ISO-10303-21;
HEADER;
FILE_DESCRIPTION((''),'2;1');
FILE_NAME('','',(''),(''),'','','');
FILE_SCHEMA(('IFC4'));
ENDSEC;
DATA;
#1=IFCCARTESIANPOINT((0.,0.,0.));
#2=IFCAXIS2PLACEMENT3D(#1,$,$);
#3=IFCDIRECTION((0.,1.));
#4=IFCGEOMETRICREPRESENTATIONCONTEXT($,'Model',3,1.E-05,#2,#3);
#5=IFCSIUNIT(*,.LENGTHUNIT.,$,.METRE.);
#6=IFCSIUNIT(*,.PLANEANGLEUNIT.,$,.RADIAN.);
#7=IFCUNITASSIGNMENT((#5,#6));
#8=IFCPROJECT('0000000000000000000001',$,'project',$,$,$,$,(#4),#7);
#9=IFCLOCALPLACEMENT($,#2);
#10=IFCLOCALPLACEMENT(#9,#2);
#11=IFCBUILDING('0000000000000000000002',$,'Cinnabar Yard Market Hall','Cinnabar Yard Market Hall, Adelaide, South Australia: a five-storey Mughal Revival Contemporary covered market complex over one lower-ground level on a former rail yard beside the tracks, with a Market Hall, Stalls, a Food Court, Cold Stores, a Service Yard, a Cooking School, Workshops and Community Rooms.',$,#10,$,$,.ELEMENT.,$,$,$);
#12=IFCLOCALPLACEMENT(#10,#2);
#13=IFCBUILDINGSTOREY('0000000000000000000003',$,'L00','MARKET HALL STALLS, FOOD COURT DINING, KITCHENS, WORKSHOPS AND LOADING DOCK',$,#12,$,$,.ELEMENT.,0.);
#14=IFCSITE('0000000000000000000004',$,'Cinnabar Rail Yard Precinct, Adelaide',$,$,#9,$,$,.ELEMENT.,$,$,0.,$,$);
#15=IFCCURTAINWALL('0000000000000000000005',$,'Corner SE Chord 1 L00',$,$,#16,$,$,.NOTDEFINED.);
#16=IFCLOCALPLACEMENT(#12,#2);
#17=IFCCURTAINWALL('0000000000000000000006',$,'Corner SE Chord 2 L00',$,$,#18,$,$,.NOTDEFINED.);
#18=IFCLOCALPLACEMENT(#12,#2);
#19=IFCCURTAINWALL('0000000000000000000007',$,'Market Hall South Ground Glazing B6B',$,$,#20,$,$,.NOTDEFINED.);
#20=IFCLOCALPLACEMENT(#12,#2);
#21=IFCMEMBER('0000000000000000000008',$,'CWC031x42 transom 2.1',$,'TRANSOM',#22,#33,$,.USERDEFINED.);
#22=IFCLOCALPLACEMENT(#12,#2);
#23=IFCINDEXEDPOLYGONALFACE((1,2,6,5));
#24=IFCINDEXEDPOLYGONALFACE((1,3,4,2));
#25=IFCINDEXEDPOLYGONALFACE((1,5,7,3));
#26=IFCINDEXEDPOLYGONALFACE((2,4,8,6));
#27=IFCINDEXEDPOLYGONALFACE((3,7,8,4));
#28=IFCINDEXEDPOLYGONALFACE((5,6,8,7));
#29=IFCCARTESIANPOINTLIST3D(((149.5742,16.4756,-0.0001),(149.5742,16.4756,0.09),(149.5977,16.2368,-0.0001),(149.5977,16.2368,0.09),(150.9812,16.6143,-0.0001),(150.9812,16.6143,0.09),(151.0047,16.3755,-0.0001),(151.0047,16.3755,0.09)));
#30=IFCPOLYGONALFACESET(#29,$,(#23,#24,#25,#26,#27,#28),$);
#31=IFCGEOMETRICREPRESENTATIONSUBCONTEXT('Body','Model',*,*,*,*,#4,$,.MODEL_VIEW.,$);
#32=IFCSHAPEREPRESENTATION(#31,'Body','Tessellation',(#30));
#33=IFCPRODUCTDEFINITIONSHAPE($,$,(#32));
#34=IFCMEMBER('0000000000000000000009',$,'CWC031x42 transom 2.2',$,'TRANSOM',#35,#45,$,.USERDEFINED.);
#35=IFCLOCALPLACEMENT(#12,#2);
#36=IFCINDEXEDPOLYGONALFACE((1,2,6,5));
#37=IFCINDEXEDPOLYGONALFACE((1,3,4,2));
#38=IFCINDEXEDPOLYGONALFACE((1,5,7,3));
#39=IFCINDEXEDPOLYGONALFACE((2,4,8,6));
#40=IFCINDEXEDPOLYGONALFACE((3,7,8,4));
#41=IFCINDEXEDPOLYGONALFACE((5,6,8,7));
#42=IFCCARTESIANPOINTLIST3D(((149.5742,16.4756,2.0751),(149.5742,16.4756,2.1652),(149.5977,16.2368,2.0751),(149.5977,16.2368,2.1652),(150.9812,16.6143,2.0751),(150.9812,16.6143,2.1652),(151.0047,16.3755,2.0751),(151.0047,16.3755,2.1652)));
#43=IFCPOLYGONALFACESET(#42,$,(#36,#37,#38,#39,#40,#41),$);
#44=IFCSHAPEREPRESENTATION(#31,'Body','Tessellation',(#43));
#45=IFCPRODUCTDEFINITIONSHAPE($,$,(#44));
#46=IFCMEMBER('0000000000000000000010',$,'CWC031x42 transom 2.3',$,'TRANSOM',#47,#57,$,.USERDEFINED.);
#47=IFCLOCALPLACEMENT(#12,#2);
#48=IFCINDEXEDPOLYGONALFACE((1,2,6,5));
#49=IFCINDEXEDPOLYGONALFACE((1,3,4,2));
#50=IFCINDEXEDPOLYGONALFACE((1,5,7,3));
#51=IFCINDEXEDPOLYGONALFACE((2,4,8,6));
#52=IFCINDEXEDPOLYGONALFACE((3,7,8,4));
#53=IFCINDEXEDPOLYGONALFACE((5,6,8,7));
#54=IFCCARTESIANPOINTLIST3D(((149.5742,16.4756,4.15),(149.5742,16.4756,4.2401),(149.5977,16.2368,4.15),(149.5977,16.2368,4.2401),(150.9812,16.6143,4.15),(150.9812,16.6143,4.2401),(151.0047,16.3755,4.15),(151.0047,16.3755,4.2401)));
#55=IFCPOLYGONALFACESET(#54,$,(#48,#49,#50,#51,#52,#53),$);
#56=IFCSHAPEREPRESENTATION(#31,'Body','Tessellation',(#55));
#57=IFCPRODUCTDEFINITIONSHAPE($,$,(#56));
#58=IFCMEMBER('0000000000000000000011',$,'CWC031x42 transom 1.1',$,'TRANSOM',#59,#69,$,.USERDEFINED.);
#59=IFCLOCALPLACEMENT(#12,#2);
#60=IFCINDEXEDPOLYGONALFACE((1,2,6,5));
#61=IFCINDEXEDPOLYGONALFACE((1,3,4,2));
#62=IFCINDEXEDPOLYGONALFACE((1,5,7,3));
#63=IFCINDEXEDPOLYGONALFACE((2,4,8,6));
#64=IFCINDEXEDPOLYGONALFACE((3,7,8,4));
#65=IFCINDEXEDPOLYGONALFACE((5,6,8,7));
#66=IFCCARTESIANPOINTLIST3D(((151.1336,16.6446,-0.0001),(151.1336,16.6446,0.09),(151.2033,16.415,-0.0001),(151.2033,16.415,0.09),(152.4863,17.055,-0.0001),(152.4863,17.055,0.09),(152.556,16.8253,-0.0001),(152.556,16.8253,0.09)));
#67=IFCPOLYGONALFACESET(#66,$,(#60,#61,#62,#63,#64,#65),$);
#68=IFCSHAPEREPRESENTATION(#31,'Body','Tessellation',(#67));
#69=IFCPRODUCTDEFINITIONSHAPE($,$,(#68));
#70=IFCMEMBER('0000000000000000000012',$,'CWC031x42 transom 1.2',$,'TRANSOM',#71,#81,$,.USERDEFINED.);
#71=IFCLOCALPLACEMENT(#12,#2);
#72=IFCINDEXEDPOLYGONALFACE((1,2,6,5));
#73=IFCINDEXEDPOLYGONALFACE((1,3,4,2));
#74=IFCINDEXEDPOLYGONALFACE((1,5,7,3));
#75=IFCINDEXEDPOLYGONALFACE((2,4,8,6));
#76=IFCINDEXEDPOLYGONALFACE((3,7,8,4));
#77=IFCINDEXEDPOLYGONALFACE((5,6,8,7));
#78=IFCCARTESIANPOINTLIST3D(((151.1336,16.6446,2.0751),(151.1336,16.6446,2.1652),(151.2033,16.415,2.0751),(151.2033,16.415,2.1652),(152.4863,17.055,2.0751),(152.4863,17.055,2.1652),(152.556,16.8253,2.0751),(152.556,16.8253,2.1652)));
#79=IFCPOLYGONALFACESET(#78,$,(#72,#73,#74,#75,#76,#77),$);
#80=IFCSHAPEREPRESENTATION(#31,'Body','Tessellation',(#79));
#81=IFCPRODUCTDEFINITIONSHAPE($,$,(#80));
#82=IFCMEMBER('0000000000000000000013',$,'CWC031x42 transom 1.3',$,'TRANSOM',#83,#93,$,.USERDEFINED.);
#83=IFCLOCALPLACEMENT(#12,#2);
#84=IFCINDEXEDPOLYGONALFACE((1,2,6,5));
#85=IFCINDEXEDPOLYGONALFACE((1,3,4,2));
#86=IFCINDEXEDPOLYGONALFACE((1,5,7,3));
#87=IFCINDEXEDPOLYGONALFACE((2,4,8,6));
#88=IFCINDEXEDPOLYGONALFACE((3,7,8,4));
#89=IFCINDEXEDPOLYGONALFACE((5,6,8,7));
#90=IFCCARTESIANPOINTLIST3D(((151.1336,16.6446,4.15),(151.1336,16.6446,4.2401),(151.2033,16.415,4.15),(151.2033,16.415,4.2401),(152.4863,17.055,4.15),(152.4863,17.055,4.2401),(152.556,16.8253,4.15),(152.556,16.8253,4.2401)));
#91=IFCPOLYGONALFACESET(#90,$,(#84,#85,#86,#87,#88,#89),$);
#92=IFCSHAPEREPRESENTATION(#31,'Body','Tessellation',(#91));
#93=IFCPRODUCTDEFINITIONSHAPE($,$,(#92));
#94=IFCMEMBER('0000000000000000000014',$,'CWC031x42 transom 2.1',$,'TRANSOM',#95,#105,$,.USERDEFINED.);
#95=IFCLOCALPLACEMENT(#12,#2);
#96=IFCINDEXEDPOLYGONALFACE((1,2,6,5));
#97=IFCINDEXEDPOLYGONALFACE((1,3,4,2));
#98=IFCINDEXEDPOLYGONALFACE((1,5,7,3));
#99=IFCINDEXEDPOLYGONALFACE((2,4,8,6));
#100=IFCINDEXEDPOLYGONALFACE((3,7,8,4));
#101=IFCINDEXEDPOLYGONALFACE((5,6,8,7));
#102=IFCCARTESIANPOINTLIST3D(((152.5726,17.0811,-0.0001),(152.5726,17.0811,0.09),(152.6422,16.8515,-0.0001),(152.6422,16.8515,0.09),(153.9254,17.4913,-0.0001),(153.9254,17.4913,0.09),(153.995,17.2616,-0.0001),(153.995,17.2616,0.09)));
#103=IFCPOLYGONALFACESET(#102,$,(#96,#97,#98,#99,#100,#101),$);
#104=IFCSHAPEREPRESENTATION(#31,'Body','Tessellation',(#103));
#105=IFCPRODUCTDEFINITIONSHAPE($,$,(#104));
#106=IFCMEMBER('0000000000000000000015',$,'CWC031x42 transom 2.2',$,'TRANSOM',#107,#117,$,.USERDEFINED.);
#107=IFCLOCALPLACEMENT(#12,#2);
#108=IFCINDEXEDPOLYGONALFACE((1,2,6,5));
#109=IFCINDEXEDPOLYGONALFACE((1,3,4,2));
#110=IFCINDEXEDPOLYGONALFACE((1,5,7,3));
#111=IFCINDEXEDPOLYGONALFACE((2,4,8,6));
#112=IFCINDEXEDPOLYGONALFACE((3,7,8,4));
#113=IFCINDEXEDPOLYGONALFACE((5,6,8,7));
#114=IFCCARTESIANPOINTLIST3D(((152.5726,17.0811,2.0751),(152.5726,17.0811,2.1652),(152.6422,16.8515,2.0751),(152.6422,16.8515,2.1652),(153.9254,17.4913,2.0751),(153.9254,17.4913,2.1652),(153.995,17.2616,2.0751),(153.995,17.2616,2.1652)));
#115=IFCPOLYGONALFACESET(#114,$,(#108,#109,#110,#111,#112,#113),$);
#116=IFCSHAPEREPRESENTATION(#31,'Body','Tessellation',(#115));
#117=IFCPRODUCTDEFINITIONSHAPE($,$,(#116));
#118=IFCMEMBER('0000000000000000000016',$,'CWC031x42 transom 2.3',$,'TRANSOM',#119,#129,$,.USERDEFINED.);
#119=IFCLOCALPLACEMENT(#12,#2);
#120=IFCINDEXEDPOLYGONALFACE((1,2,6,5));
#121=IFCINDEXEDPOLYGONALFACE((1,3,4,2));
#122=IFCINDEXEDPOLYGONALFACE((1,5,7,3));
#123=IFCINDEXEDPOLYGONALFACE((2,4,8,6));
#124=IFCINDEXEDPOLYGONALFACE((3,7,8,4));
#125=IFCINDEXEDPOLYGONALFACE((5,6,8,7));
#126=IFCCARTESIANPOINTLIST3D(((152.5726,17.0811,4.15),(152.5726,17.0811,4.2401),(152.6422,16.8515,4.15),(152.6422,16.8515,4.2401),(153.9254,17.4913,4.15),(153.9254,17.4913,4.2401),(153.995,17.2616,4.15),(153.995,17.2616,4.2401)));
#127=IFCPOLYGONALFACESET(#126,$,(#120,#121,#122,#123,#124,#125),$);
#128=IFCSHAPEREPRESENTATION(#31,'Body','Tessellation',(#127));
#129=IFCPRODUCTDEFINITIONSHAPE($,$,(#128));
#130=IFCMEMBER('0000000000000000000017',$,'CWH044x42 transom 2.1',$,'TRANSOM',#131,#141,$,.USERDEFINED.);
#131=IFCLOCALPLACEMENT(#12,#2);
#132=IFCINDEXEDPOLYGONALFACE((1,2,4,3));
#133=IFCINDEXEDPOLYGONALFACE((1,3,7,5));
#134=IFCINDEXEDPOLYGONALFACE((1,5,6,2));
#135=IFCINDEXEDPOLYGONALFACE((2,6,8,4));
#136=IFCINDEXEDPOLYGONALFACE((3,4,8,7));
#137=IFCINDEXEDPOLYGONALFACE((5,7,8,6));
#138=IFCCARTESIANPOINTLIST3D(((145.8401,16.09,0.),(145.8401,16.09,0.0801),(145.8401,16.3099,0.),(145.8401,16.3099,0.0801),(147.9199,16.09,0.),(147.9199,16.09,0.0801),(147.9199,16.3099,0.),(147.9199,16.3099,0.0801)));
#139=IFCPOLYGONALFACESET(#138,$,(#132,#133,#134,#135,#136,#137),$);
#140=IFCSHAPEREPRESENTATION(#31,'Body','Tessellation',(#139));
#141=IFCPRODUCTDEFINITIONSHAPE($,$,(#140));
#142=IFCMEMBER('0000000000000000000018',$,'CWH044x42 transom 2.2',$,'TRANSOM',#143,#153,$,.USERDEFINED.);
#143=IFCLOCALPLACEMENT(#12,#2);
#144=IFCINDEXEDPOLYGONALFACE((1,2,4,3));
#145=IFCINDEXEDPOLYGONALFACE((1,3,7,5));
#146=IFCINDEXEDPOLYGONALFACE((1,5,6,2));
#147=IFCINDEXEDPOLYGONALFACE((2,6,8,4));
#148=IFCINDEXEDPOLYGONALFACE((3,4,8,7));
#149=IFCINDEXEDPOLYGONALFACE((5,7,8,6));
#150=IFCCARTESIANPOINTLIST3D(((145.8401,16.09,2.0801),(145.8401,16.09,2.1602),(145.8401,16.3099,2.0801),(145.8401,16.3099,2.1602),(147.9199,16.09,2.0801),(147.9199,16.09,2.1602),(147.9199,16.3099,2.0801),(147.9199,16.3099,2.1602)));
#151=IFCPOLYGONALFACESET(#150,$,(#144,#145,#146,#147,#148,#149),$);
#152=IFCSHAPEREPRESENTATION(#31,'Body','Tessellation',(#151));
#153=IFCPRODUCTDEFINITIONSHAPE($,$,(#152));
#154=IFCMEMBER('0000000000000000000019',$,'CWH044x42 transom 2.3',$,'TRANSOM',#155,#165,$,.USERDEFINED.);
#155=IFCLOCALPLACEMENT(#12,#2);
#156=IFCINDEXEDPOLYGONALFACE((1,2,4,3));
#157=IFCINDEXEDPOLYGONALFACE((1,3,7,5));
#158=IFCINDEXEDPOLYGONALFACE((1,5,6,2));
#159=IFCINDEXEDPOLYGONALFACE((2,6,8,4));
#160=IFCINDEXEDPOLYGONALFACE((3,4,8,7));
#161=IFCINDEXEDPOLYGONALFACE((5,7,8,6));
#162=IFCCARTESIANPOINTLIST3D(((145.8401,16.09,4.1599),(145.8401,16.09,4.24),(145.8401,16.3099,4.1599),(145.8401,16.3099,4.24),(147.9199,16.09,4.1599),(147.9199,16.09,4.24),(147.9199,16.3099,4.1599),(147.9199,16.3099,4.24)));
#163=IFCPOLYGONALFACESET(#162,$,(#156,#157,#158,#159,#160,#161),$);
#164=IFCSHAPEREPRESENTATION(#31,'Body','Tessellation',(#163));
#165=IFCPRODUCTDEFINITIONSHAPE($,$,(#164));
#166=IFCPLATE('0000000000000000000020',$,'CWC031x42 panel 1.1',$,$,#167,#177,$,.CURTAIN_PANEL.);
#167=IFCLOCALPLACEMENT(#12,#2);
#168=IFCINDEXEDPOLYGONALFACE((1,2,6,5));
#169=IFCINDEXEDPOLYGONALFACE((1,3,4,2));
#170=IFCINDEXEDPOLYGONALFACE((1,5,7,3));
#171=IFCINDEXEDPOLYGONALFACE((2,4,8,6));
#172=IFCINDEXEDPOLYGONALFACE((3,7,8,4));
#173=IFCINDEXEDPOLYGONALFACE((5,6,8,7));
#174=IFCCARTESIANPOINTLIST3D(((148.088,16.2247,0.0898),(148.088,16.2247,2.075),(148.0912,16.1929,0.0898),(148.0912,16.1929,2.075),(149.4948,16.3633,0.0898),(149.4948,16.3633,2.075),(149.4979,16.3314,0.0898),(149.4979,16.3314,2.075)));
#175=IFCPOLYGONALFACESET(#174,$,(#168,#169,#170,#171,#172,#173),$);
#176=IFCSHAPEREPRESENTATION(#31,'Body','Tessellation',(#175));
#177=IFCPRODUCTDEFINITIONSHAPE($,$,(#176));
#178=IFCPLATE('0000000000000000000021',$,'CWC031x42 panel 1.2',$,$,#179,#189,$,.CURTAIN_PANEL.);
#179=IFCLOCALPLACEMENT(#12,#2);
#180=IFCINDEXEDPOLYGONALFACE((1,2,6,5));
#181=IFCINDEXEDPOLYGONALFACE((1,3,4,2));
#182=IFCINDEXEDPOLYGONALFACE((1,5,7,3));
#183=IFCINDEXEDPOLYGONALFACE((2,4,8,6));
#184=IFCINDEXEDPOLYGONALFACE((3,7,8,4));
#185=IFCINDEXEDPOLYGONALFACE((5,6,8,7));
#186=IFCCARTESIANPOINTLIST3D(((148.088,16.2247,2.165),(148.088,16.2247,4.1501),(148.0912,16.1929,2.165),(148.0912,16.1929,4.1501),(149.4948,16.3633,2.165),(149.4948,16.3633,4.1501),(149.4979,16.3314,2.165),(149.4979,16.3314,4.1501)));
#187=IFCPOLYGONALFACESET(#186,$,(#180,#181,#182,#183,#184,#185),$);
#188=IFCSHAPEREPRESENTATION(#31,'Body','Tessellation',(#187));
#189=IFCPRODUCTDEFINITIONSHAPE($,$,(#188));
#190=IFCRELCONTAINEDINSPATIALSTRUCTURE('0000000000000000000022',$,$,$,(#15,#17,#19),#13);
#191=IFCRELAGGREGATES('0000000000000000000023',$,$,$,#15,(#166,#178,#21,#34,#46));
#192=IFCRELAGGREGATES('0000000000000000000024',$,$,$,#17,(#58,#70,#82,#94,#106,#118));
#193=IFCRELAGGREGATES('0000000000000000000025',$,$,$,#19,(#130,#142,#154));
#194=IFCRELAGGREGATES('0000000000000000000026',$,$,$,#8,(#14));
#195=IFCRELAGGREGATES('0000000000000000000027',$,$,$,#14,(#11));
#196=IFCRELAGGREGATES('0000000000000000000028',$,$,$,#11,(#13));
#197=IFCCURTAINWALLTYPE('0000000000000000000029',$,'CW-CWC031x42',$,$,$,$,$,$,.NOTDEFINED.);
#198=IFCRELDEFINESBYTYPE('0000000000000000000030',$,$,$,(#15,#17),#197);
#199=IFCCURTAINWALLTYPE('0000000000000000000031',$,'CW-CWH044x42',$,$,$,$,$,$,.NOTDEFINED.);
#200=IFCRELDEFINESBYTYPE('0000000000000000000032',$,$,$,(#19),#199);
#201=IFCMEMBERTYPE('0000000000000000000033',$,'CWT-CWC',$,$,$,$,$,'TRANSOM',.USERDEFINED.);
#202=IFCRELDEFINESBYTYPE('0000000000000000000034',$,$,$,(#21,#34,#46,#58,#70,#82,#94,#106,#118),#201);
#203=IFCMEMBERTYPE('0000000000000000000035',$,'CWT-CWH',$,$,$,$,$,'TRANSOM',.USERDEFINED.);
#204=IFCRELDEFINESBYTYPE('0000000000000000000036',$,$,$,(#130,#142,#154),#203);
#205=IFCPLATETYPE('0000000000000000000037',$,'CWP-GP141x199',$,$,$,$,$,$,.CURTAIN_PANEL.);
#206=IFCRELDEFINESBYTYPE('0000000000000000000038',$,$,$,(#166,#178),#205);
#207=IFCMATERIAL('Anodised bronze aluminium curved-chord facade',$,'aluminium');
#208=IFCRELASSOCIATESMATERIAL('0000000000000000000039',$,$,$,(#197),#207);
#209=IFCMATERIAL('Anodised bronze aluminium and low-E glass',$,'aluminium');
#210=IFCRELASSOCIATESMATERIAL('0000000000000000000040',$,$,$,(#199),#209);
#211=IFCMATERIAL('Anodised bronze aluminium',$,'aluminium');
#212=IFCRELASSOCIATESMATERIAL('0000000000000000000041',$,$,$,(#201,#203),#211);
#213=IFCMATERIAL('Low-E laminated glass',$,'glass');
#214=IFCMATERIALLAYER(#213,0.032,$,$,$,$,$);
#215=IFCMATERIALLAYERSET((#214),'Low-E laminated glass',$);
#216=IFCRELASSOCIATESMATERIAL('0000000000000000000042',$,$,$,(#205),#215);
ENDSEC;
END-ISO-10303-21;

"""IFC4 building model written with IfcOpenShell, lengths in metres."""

from ifc_helpers import new_model, si_unit, direction, frame, origin, origin_2d_with_axis, place, context, subcontext, project, spatial, rectangle, extrude, material, layer, layer_set, material_profile, profile_set, type_object, element, aggregate, save


model = new_model("IFC4")

# Units and contexts
model_context = context("Model", 3, precision=1e-05, world=origin(), true_north=direction((0.0, 1.0)))
body_context = subcontext(model_context, "Body", "Model", "MODEL_VIEW")
ifc_project = project(units=[si_unit("LENGTHUNIT", "METRE"), si_unit("PLANEANGLEUNIT", "RADIAN")], contexts=[model_context])

# Site, building, storey
site_placement = place(None, origin())
site = spatial("IfcSite", under=ifc_project, at=site_placement, Name="Cinnabar Rail Yard Precinct, Adelaide", CompositionType="ELEMENT", RefElevation=0.0)
building_placement = place(site_placement, origin())
building = spatial("IfcBuilding", under=site, at=building_placement, Name="Cinnabar Yard Market Hall", Description="Cinnabar Yard Market Hall, Adelaide, South Australia: a five-storey Mughal Revival Contemporary covered market complex over one lower-ground level on a former rail yard beside the tracks, with a Market Hall, Stalls, a Food Court, Cold Stores, a Service Yard, a Cooking School, Workshops and Community Rooms.", CompositionType="ELEMENT")
storey_placement = place(building_placement, origin())
storey = spatial("IfcBuildingStorey", under=building, at=storey_placement, Name="L00", Description="MARKET HALL STALLS, FOOD COURT DINING, KITCHENS, WORKSHOPS AND LOADING DOCK", CompositionType="ELEMENT", Elevation=0.0)

# Curtain walls
ifc_material_1 = material(Name="Anodised bronze aluminium curved-chord facade", Category="aluminium")
curtain_wall_type_1 = type_object("IfcCurtainWallType", Name="CW-CWC031x42", PredefinedType="NOTDEFINED", material=ifc_material_1)
curtain_wall_1_placement = place(storey_placement, origin())
curtain_wall_1 = element("IfcCurtainWall", 1, at=curtain_wall_1_placement, inside=storey, type_object=curtain_wall_type_1, Name="Corner SE Chord 1 L00", PredefinedType="NOTDEFINED")
ifc_material_2 = material(Name="Anodised bronze aluminium", Category="aluminium")
curtain_wall_2_placement = place(storey_placement, origin())
curtain_wall_2 = element("IfcCurtainWall", 2, at=curtain_wall_2_placement, inside=storey, type_object=curtain_wall_type_1, Name="Corner SE Chord 2 L00", PredefinedType="NOTDEFINED")
ifc_material_3 = material(Name="Anodised bronze aluminium and low-E glass", Category="aluminium")
curtain_wall_type_2 = type_object("IfcCurtainWallType", Name="CW-CWH044x42", PredefinedType="NOTDEFINED", material=ifc_material_3)
curtain_wall_3_placement = place(storey_placement, origin())
curtain_wall_3 = element("IfcCurtainWall", 3, at=curtain_wall_3_placement, inside=storey, type_object=curtain_wall_type_2, Name="Market Hall South Ground Glazing B6B", PredefinedType="NOTDEFINED")

# Members
ifc_material_profile_1 = material_profile(ifc_material_2, rectangle(XDim=0.24, YDim=0.0901, at=origin_2d_with_axis()), Name="TRN-CWC")
ifc_profile_set_1 = profile_set([ifc_material_profile_1], Name="Anodised bronze aluminium")
member_type_1 = type_object("IfcMemberType", Name="CWT-CWC", ElementType="TRANSOM", PredefinedType="USERDEFINED", material=ifc_profile_set_1)
member_1_placement = place(storey_placement, frame((149.5859, 16.3562, 0.0449), z_axis=(0.995178, 0.098085, 0.0), x_axis=(-0.098085, 0.995178, 0.0)))
member_1 = element("IfcMember", 4, at=member_1_placement, type_object=member_type_1, Name="CWC031x42 transom 2.1", ObjectType="TRANSOM", PredefinedType="USERDEFINED", context=body_context, shape_type="SweptSolid", body=[
    extrude(rectangle(XDim=0.24, YDim=0.0901, at=origin_2d_with_axis()), origin(), (0.0, 0.0, 1.0), 1.4138),
])
member_2_placement = place(storey_placement, frame((149.5859, 16.3562, 2.1201), z_axis=(0.995178, 0.098085, 0.0), x_axis=(-0.098085, 0.995178, 0.0)))
member_2 = element("IfcMember", 5, at=member_2_placement, type_object=member_type_1, Name="CWC031x42 transom 2.2", ObjectType="TRANSOM", PredefinedType="USERDEFINED", context=body_context, shape_type="SweptSolid", body=[
    extrude(rectangle(XDim=0.24, YDim=0.0901, at=origin_2d_with_axis()), origin(), (0.0, 0.0, 1.0), 1.4138),
])
member_3_placement = place(storey_placement, frame((149.5859, 16.3562, 4.1951), z_axis=(0.995178, 0.098085, 0.0), x_axis=(-0.098085, 0.995178, 0.0)))
member_3 = element("IfcMember", 6, at=member_3_placement, type_object=member_type_1, Name="CWC031x42 transom 2.3", ObjectType="TRANSOM", PredefinedType="USERDEFINED", context=body_context, shape_type="SweptSolid", body=[
    extrude(rectangle(XDim=0.24, YDim=0.0901, at=origin_2d_with_axis()), origin(), (0.0, 0.0, 1.0), 1.4138),
])
member_4_placement = place(storey_placement, frame((151.1685, 16.5298, 0.0449), z_axis=(0.956933, 0.290309, 0.0), x_axis=(-0.290309, 0.956933, 0.0)))
member_4 = element("IfcMember", 7, at=member_4_placement, type_object=member_type_1, Name="CWC031x42 transom 1.1", ObjectType="TRANSOM", PredefinedType="USERDEFINED", context=body_context, shape_type="SweptSolid", body=[
    extrude(rectangle(XDim=0.24, YDim=0.0901, at=origin_2d_with_axis()), origin(), (0.0, 0.0, 1.0), 1.4136),
])
member_5_placement = place(storey_placement, frame((151.1685, 16.5298, 2.1201), z_axis=(0.956933, 0.290309, 0.0), x_axis=(-0.290309, 0.956933, 0.0)))
member_5 = element("IfcMember", 8, at=member_5_placement, type_object=member_type_1, Name="CWC031x42 transom 1.2", ObjectType="TRANSOM", PredefinedType="USERDEFINED", context=body_context, shape_type="SweptSolid", body=[
    extrude(rectangle(XDim=0.24, YDim=0.0901, at=origin_2d_with_axis()), origin(), (0.0, 0.0, 1.0), 1.4136),
])
member_6_placement = place(storey_placement, frame((151.1685, 16.5298, 4.1951), z_axis=(0.956933, 0.290309, 0.0), x_axis=(-0.290309, 0.956933, 0.0)))
member_6 = element("IfcMember", 9, at=member_6_placement, type_object=member_type_1, Name="CWC031x42 transom 1.3", ObjectType="TRANSOM", PredefinedType="USERDEFINED", context=body_context, shape_type="SweptSolid", body=[
    extrude(rectangle(XDim=0.24, YDim=0.0901, at=origin_2d_with_axis()), origin(), (0.0, 0.0, 1.0), 1.4136),
])
member_7_placement = place(storey_placement, frame((152.6074, 16.9663, 0.0449), z_axis=(0.956981, 0.290151, 0.0), x_axis=(-0.290151, 0.956981, 0.0)))
member_7 = element("IfcMember", 10, at=member_7_placement, type_object=member_type_1, Name="CWC031x42 transom 2.1", ObjectType="TRANSOM", PredefinedType="USERDEFINED", context=body_context, shape_type="SweptSolid", body=[
    extrude(rectangle(XDim=0.24, YDim=0.0901, at=origin_2d_with_axis()), origin(), (0.0, 0.0, 1.0), 1.4136),
])
member_8_placement = place(storey_placement, frame((152.6074, 16.9663, 2.1201), z_axis=(0.956981, 0.290151, 0.0), x_axis=(-0.290151, 0.956981, 0.0)))
member_8 = element("IfcMember", 11, at=member_8_placement, type_object=member_type_1, Name="CWC031x42 transom 2.2", ObjectType="TRANSOM", PredefinedType="USERDEFINED", context=body_context, shape_type="SweptSolid", body=[
    extrude(rectangle(XDim=0.24, YDim=0.0901, at=origin_2d_with_axis()), origin(), (0.0, 0.0, 1.0), 1.4136),
])
member_9_placement = place(storey_placement, frame((152.6074, 16.9663, 4.1951), z_axis=(0.956981, 0.290151, 0.0), x_axis=(-0.290151, 0.956981, 0.0)))
member_9 = element("IfcMember", 12, at=member_9_placement, type_object=member_type_1, Name="CWC031x42 transom 2.3", ObjectType="TRANSOM", PredefinedType="USERDEFINED", context=body_context, shape_type="SweptSolid", body=[
    extrude(rectangle(XDim=0.24, YDim=0.0901, at=origin_2d_with_axis()), origin(), (0.0, 0.0, 1.0), 1.4136),
])
ifc_material_profile_2 = material_profile(ifc_material_2, rectangle(XDim=0.22, YDim=0.0801, at=origin_2d_with_axis()), Name="TRN-CWH")
ifc_profile_set_2 = profile_set([ifc_material_profile_2], Name="Anodised bronze aluminium")
member_type_2 = type_object("IfcMemberType", Name="CWT-CWH", ElementType="TRANSOM", PredefinedType="USERDEFINED", material=ifc_profile_set_2)
member_10_placement = place(storey_placement, frame((145.8401, 16.2, 0.04), z_axis=(1.0, 0.0, 0.0), x_axis=(0.0, 1.0, 0.0)))
member_10 = element("IfcMember", 13, at=member_10_placement, type_object=member_type_2, Name="CWH044x42 transom 2.1", ObjectType="TRANSOM", PredefinedType="USERDEFINED", context=body_context, shape_type="SweptSolid", body=[
    extrude(rectangle(XDim=0.22, YDim=0.0801, at=origin_2d_with_axis()), origin(), (0.0, 0.0, 1.0), 2.0798),
])
member_11_placement = place(storey_placement, frame((145.8401, 16.2, 2.1201), z_axis=(1.0, 0.0, 0.0), x_axis=(0.0, 1.0, 0.0)))
member_11 = element("IfcMember", 14, at=member_11_placement, type_object=member_type_2, Name="CWH044x42 transom 2.2", ObjectType="TRANSOM", PredefinedType="USERDEFINED", context=body_context, shape_type="SweptSolid", body=[
    extrude(rectangle(XDim=0.22, YDim=0.0801, at=origin_2d_with_axis()), origin(), (0.0, 0.0, 1.0), 2.0798),
])
member_12_placement = place(storey_placement, frame((145.8401, 16.2, 4.2), z_axis=(1.0, 0.0, 0.0), x_axis=(0.0, 1.0, 0.0)))
member_12 = element("IfcMember", 15, at=member_12_placement, type_object=member_type_2, Name="CWH044x42 transom 2.3", ObjectType="TRANSOM", PredefinedType="USERDEFINED", context=body_context, shape_type="SweptSolid", body=[
    extrude(rectangle(XDim=0.22, YDim=0.0801, at=origin_2d_with_axis()), origin(), (0.0, 0.0, 1.0), 2.0798),
])

# Plates
ifc_material_4 = material(Name="Low-E laminated glass", Category="glass")
ifc_layer_1 = layer(ifc_material_4, 0.032)
ifc_layer_set_1 = layer_set([ifc_layer_1], Name="Low-E laminated glass")
plate_type_1 = type_object("IfcPlateType", Name="CWP-GP141x199", PredefinedType="CURTAIN_PANEL", material=ifc_layer_set_1)
plate_1_placement = place(storey_placement, frame((148.793, 16.2781, 0.0898), z_axis=(0.0, 0.0, 1.0), x_axis=(0.995184, 0.09802, 0.0)))
plate_1 = element("IfcPlate", 16, at=plate_1_placement, type_object=plate_type_1, Name="CWC031x42 panel 1.1", PredefinedType="CURTAIN_PANEL", context=body_context, shape_type="SweptSolid", body=[
    extrude(rectangle(XDim=1.4136, YDim=0.032, at=origin_2d_with_axis()), origin(), (0.0, 0.0, 1.0), 1.9851),
])
plate_2_placement = place(storey_placement, frame((148.793, 16.2781, 2.165), z_axis=(0.0, 0.0, 1.0), x_axis=(0.995184, 0.09802, 0.0)))
plate_2 = element("IfcPlate", 17, at=plate_2_placement, type_object=plate_type_1, Name="CWC031x42 panel 1.2", PredefinedType="CURTAIN_PANEL", context=body_context, shape_type="SweptSolid", body=[
    extrude(rectangle(XDim=1.4136, YDim=0.032, at=origin_2d_with_axis()), origin(), (0.0, 0.0, 1.0), 1.9851),
])
aggregate(curtain_wall_1, [plate_1, plate_2, member_1, member_2, member_3])
aggregate(curtain_wall_2, [member_4, member_5, member_6, member_7, member_8, member_9])
aggregate(curtain_wall_3, [member_10, member_11, member_12])

save(model, "model.ifc")
